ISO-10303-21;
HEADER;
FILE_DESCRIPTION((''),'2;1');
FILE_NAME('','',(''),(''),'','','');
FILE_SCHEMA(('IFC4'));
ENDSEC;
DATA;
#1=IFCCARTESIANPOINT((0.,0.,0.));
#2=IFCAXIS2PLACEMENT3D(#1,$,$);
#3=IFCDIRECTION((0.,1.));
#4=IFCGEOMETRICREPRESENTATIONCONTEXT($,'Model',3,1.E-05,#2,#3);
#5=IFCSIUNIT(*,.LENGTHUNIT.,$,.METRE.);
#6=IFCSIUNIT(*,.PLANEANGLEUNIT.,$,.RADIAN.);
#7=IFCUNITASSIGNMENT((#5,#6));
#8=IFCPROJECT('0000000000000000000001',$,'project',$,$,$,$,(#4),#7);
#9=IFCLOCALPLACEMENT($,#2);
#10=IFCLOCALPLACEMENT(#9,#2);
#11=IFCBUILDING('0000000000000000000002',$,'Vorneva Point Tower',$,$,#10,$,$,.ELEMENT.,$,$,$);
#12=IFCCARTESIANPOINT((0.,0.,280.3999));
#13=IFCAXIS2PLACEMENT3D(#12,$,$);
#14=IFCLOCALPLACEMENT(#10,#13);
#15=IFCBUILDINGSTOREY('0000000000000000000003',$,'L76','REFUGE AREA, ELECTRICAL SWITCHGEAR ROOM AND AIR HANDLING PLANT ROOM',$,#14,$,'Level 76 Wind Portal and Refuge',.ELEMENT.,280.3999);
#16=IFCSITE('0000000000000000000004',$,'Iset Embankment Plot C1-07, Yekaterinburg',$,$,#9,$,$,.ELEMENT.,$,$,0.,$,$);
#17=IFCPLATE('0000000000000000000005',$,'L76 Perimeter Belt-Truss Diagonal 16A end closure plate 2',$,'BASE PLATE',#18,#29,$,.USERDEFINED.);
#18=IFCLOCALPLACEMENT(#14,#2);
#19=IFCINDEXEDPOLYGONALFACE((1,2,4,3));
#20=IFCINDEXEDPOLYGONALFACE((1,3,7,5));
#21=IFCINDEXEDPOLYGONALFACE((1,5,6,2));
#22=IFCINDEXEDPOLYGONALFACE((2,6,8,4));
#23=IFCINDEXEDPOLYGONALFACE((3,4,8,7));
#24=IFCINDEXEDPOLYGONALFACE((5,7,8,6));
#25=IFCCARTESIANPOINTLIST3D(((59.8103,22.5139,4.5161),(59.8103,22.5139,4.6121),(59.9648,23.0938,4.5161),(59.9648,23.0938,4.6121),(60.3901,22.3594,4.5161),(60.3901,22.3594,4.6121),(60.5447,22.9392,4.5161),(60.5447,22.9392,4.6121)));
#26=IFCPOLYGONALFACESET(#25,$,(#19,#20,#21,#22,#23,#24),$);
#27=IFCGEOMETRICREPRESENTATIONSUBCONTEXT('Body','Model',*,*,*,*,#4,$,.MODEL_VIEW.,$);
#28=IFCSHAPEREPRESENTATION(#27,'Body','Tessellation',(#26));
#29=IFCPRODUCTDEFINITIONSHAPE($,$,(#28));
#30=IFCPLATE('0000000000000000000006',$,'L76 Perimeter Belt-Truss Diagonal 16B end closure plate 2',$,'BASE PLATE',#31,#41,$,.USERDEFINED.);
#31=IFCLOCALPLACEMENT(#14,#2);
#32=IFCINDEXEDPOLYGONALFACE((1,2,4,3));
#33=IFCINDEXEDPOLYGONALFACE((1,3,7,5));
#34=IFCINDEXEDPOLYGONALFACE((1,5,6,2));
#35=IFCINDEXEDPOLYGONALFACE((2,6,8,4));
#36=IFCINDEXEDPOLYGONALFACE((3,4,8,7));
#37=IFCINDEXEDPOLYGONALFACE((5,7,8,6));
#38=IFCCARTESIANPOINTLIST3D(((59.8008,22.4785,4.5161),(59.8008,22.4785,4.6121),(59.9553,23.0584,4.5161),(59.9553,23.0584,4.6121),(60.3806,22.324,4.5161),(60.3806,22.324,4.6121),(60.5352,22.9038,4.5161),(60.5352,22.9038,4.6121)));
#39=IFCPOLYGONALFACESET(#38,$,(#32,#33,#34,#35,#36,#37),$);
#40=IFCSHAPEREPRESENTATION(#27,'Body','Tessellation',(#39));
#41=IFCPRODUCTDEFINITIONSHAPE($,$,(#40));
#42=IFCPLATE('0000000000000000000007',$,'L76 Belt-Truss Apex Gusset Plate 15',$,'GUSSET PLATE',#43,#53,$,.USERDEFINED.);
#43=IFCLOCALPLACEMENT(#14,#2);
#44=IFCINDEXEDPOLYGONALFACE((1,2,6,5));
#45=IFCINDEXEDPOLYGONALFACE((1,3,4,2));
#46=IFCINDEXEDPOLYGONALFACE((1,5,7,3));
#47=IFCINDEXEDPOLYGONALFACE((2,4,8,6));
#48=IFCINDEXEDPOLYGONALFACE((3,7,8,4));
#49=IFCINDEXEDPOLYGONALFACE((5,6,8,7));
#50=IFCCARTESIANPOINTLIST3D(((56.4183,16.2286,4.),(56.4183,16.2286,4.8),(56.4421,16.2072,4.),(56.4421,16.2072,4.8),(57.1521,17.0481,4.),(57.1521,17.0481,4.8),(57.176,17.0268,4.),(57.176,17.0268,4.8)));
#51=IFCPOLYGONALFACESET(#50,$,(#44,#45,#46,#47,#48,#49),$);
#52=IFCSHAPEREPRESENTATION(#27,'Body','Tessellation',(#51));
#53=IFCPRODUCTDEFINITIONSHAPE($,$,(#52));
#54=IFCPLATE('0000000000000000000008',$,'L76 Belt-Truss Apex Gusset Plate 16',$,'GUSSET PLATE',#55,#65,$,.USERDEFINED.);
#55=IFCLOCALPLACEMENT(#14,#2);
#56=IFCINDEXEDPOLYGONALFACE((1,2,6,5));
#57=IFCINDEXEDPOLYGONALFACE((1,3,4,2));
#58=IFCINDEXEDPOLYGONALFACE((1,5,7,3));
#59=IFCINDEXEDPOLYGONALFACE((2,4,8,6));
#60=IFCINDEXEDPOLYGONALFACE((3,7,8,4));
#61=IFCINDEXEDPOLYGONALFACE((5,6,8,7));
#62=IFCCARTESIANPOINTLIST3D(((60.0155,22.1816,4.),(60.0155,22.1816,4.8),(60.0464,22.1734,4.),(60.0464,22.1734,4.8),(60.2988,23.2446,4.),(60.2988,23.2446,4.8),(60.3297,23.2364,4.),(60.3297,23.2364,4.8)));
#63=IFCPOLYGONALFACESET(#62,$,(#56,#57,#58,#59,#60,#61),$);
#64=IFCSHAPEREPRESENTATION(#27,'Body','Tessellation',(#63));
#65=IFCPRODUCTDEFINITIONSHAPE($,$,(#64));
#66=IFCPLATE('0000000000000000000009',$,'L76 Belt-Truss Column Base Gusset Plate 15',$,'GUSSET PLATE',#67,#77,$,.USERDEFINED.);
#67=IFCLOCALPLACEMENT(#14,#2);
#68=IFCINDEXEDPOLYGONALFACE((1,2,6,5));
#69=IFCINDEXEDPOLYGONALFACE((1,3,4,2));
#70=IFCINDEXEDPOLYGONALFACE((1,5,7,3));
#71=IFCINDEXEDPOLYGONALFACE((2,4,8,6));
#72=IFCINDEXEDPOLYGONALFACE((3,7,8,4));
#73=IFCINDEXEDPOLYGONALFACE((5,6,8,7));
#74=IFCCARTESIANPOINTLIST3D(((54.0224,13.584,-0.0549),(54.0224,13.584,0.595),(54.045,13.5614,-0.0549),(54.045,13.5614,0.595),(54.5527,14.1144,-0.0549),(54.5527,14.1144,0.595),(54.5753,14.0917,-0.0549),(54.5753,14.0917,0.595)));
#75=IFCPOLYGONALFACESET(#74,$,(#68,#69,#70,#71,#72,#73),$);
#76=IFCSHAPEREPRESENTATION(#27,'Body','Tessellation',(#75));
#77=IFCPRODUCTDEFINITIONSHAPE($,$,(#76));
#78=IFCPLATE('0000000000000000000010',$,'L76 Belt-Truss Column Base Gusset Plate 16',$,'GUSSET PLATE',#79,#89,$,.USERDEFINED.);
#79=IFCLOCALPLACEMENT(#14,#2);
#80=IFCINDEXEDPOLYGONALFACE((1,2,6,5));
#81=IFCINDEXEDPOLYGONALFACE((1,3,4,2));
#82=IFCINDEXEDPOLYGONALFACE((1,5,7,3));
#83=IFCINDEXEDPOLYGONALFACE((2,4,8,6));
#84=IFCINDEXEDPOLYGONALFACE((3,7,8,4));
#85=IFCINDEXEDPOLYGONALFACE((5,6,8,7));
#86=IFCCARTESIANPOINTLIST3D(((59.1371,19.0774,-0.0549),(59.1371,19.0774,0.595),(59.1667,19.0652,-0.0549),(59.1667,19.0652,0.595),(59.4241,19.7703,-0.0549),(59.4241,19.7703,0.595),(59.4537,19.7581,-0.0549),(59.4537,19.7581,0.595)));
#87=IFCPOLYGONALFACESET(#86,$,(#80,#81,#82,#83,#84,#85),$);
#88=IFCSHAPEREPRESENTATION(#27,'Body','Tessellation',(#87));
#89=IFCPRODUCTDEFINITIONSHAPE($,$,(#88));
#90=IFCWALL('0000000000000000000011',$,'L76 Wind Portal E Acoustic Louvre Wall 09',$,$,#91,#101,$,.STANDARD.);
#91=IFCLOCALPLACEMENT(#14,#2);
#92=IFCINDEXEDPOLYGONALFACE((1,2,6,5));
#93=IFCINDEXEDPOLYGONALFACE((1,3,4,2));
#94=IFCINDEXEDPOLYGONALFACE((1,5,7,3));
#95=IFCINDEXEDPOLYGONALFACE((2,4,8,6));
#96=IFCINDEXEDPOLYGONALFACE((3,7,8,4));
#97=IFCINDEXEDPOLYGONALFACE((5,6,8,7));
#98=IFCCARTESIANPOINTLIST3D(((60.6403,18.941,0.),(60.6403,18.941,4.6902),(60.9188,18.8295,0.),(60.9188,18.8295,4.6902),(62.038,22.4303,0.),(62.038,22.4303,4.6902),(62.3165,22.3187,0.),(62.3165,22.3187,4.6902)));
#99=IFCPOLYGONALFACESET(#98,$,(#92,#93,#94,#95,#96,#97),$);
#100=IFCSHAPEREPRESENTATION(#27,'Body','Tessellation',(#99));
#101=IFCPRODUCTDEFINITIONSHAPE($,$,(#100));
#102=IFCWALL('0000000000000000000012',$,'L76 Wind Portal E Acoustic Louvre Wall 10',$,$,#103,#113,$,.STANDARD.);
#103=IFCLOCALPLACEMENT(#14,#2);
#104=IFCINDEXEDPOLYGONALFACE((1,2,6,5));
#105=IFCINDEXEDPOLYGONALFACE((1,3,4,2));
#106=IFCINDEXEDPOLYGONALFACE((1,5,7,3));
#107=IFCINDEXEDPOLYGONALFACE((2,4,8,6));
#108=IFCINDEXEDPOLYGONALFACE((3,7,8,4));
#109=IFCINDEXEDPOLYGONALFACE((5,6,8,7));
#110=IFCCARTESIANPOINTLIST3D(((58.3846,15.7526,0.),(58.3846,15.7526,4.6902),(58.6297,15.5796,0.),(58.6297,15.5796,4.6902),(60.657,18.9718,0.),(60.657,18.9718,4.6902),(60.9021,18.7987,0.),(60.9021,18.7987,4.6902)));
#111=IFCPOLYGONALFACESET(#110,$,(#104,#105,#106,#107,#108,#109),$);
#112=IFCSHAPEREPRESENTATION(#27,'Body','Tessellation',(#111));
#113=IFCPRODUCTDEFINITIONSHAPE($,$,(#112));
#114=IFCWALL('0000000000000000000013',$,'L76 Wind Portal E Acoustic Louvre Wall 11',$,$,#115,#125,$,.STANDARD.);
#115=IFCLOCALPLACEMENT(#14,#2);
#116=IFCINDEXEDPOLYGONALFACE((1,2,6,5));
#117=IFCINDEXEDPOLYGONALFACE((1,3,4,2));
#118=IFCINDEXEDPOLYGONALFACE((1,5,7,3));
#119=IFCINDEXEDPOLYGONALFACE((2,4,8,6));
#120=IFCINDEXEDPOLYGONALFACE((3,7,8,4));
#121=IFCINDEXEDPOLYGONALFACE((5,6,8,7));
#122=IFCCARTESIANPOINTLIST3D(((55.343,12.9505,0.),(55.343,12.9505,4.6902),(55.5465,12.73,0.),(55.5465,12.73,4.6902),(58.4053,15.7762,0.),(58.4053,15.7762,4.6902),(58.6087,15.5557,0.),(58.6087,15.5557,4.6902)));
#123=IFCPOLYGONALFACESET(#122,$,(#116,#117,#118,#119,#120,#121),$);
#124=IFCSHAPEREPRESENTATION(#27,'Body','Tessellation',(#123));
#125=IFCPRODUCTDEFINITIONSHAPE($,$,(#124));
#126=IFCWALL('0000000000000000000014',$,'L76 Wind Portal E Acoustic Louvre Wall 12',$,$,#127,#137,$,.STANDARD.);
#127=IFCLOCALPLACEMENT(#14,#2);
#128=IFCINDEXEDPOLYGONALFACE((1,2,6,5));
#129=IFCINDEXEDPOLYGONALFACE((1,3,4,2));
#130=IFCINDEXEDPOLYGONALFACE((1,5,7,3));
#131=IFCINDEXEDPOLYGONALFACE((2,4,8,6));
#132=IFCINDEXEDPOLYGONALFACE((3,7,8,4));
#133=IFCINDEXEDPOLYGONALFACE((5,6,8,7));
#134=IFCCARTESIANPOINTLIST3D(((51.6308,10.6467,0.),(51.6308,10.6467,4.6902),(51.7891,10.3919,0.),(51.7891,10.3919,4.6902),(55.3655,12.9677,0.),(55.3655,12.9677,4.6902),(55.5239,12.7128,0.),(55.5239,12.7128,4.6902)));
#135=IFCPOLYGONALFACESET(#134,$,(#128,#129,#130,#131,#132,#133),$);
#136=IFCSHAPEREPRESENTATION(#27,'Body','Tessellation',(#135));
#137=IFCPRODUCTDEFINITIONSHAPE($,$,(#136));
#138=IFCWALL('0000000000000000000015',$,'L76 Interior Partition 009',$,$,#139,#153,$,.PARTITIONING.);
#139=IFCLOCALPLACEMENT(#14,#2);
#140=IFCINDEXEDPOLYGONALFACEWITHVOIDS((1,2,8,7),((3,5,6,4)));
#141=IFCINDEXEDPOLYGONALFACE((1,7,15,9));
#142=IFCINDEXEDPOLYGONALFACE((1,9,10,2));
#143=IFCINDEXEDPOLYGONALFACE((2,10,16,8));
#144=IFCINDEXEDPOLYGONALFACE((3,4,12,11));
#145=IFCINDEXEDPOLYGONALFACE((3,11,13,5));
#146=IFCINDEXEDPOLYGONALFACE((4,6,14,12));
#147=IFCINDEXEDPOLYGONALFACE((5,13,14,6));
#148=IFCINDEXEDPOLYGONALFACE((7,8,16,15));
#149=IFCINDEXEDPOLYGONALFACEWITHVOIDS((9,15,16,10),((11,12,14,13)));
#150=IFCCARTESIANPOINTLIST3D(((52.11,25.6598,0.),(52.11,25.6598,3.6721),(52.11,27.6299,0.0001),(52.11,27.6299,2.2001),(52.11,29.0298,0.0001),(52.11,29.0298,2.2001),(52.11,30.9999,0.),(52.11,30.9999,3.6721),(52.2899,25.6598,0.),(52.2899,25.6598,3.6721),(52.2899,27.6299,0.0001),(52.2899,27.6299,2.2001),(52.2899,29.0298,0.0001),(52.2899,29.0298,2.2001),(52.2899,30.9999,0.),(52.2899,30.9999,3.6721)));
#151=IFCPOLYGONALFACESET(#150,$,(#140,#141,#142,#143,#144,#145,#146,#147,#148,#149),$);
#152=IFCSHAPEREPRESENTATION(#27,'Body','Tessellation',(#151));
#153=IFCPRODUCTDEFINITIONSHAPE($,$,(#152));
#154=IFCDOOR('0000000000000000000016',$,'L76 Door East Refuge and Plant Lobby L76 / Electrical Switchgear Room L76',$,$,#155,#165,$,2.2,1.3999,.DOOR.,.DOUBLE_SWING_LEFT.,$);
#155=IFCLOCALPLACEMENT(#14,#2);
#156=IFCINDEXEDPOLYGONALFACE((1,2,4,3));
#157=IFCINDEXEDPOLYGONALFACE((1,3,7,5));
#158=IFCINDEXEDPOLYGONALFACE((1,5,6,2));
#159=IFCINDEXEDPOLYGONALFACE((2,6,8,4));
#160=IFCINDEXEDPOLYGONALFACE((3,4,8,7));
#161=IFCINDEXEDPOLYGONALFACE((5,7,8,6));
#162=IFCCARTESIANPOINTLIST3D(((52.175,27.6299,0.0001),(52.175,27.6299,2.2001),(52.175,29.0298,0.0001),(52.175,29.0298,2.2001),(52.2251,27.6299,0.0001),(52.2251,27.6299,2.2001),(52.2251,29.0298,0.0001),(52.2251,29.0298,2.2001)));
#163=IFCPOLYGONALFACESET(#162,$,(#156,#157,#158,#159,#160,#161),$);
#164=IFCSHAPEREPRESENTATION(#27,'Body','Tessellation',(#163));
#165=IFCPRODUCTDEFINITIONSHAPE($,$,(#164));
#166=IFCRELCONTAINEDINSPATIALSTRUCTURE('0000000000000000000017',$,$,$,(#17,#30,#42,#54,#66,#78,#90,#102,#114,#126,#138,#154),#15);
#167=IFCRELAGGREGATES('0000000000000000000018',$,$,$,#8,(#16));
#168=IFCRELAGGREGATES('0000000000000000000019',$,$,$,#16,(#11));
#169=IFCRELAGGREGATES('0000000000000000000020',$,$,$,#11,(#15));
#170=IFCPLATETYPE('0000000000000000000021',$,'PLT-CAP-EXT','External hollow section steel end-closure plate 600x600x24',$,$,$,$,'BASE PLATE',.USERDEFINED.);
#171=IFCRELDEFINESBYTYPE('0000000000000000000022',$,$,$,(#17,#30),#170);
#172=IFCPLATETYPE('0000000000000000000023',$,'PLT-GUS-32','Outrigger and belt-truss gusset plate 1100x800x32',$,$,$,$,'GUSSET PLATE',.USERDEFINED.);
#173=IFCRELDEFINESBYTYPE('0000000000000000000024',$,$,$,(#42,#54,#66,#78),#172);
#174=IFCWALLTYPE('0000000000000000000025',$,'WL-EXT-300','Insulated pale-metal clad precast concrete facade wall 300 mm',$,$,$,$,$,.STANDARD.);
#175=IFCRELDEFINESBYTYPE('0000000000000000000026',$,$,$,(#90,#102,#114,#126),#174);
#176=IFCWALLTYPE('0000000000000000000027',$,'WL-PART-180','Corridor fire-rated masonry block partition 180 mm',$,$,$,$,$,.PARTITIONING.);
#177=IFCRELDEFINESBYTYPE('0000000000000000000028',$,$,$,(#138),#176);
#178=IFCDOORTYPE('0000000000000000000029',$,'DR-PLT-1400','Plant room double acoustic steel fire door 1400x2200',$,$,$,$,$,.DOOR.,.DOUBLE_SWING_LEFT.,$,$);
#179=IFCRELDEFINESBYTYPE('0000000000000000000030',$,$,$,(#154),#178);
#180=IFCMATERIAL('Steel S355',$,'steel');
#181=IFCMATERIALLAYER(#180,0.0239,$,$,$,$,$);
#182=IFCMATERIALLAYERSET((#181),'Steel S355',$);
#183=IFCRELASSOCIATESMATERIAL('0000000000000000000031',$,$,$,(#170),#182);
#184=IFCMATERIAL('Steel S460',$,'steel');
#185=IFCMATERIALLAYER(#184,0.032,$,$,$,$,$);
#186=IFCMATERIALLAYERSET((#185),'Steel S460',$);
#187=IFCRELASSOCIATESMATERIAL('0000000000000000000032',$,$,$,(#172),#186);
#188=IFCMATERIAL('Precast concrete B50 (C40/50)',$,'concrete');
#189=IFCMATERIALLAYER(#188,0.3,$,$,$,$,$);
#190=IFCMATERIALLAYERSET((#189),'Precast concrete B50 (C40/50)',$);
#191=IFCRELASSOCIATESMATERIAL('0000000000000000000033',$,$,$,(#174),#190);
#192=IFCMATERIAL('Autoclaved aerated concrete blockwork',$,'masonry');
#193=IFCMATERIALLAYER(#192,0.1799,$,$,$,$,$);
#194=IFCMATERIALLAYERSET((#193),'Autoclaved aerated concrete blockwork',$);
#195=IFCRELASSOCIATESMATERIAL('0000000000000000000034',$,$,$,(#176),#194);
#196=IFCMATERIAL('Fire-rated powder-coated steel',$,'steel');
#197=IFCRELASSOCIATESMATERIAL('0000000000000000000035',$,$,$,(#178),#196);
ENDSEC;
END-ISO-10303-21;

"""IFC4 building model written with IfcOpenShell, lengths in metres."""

from ifc_helpers import new_model, si_unit, direction, frame, frame_2d, origin, origin_2d, place, context, subcontext, project, spatial, rectangle, extrude, material, layer, layer_set, type_object, element, fill, save


model = new_model("IFC4")

# Units and contexts
model_context = context("Model", 3, precision=1e-05, world=origin(), true_north=direction((0.0, 1.0)))
body_context = subcontext(model_context, "Body", "Model", "MODEL_VIEW")
ifc_project = project(units=[si_unit("LENGTHUNIT", "METRE"), si_unit("PLANEANGLEUNIT", "RADIAN")], contexts=[model_context])

# Site, building, storey
site_placement = place(None, origin())
site = spatial("IfcSite", under=ifc_project, at=site_placement, Name="Iset Embankment Plot C1-07, Yekaterinburg", CompositionType="ELEMENT", RefElevation=0.0)
building_placement = place(site_placement, origin())
building = spatial("IfcBuilding", under=site, at=building_placement, Name="Vorneva Point Tower", CompositionType="ELEMENT")
storey_placement = place(building_placement, frame((0.0, 0.0, 280.3999)))
storey = spatial("IfcBuildingStorey", under=building, at=storey_placement, Name="L76", Description="REFUGE AREA, ELECTRICAL SWITCHGEAR ROOM AND AIR HANDLING PLANT ROOM", LongName="Level 76 Wind Portal and Refuge", CompositionType="ELEMENT", Elevation=280.3999)

# Shared definitions
ifc_material_1 = material(Name="Steel S460", Category="steel")
ifc_material_2 = material(Name="Steel S355", Category="steel")

# Plates
ifc_layer_1 = layer(ifc_material_2, 0.0239)
ifc_layer_set_1 = layer_set([ifc_layer_1], Name="Steel S355")
plate_type_1 = type_object("IfcPlateType", Name="PLT-CAP-EXT", Description="External hollow section steel end-closure plate 600x600x24", ElementType="BASE PLATE", PredefinedType="USERDEFINED", material=ifc_layer_set_1)
for number, where, z_axis, x_axis, name in (
    (1, (60.1775, 22.7266, 4.5161), (0.0, 0.0, 1.0), (0.257571, 0.966259, 0.0), "L76 Perimeter Belt-Truss Diagonal 16A end closure plate 2"),
    (2, (60.168, 22.6912, 4.5161), (0.0, 0.0, 1.0), (-0.257571, -0.966259, 0.0), "L76 Perimeter Belt-Truss Diagonal 16B end closure plate 2"),
):
    element("IfcPlate", number, at=place(storey_placement, frame(where, z_axis=z_axis, x_axis=x_axis)), inside=storey, type_object=plate_type_1, Name=name, ObjectType="BASE PLATE", PredefinedType="USERDEFINED", context=body_context, shape_type="SweptSolid", body=[
        extrude(rectangle(XDim=0.6001, YDim=0.6001, at=origin_2d()), origin(), (0.0, 0.0, 1.0), 0.0959),
    ])
ifc_layer_2 = layer(ifc_material_1, 0.032)
ifc_layer_set_2 = layer_set([ifc_layer_2], Name="Steel S460")
plate_type_2 = type_object("IfcPlateType", Name="PLT-GUS-32", Description="Outrigger and belt-truss gusset plate 1100x800x32", ElementType="GUSSET PLATE", PredefinedType="USERDEFINED", material=ifc_layer_set_2)
for number, where, z_axis, x_axis, name in (
    (3, (56.7971, 16.6277, 4.0), (0.0, 0.0, 1.0), (0.667092, 0.744976, 0.0), "L76 Belt-Truss Apex Gusset Plate 15"),
    (4, (60.1726, 22.709, 4.0), (0.0, 0.0, 1.0), (0.257571, 0.966259, 0.0), "L76 Belt-Truss Apex Gusset Plate 16"),
):
    element("IfcPlate", number, at=place(storey_placement, frame(where, z_axis=z_axis, x_axis=x_axis)), inside=storey, type_object=plate_type_2, Name=name, ObjectType="GUSSET PLATE", PredefinedType="USERDEFINED", context=body_context, shape_type="SweptSolid", body=[
        extrude(rectangle(XDim=1.1001, YDim=0.032, at=origin_2d()), origin(), (0.0, 0.0, 1.0), 0.8),
    ])
for number, where, z_axis, x_axis, name in (
    (5, (54.2988, 13.8379, -0.0549), (0.0, 0.0, 1.0), (0.707107, 0.707107, 0.0), "L76 Belt-Truss Column Base Gusset Plate 15"),
    (6, (59.2954, 19.4177, -0.0549), (0.0, 0.0, 1.0), (0.382683, 0.92388, 0.0), "L76 Belt-Truss Column Base Gusset Plate 16"),
):
    element("IfcPlate", number, at=place(storey_placement, frame(where, z_axis=z_axis, x_axis=x_axis)), inside=storey, type_object=plate_type_2, Name=name, ObjectType="GUSSET PLATE", PredefinedType="USERDEFINED", context=body_context, shape_type="SweptSolid", body=[
        extrude(rectangle(XDim=0.75, YDim=0.032, at=origin_2d()), origin(), (0.0, 0.0, 1.0), 0.6499),
    ])

# Walls
ifc_material_3 = material(Name="Precast concrete B50 (C40/50)", Category="concrete")
ifc_layer_3 = layer(ifc_material_3, 0.3)
ifc_layer_set_3 = layer_set([ifc_layer_3], Name="Precast concrete B50 (C40/50)")
wall_type_1 = type_object("IfcWallType", Name="WL-EXT-300", Description="Insulated pale-metal clad precast concrete facade wall 300 mm", PredefinedType="STANDARD", material=ifc_layer_set_3)
wall_1_placement = place(storey_placement, frame((62.1772, 22.3745, 0.0), z_axis=(0.0, 0.0, 1.0), x_axis=(-0.37185, -0.928293, 0.0)))
element("IfcWall", 7, at=wall_1_placement, inside=storey, type_object=wall_type_1, Name="L76 Wind Portal E Acoustic Louvre Wall 09", PredefinedType="STANDARD", context=body_context, shape_type="SweptSolid", body=[
    extrude(rectangle(XDim=3.7588, YDim=0.3, at=frame_2d((1.8794, 0.0))), origin(), (0.0, 0.0, 1.0), 4.6902),
])
wall_2_placement = place(storey_placement, frame((60.7795, 18.8853, 0.0), z_axis=(0.0, 0.0, 1.0), x_axis=(-0.576693, -0.816961, 0.0)))
element("IfcWall", 8, at=wall_2_placement, inside=storey, type_object=wall_type_1, Name="L76 Wind Portal E Acoustic Louvre Wall 10", PredefinedType="STANDARD", context=body_context, shape_type="SweptSolid", body=[
    extrude(rectangle(XDim=3.9404, YDim=0.3, at=frame_2d((1.9702, 0.0))), origin(), (0.0, 0.0, 1.0), 4.6902),
])
wall_3_placement = place(storey_placement, frame((58.5071, 15.666, 0.0), z_axis=(0.0, 0.0, 1.0), x_axis=(-0.734925, -0.678149, 0.0)))
element("IfcWall", 9, at=wall_3_placement, inside=storey, type_object=wall_type_1, Name="L76 Wind Portal E Acoustic Louvre Wall 11", PredefinedType="STANDARD", context=body_context, shape_type="SweptSolid", body=[
    extrude(rectangle(XDim=4.1667, YDim=0.3, at=frame_2d((2.0835, 0.0))), origin(), (0.0, 0.0, 1.0), 4.6902),
])
wall_4_placement = place(storey_placement, frame((55.4448, 12.8403, 0.0), z_axis=(0.0, 0.0, 1.0), x_axis=(-0.849349, -0.527831, 0.0)))
element("IfcWall", 10, at=wall_4_placement, inside=storey, type_object=wall_type_1, Name="L76 Wind Portal E Acoustic Louvre Wall 12", PredefinedType="STANDARD", context=body_context, shape_type="SweptSolid", body=[
    extrude(rectangle(XDim=4.3972, YDim=0.3, at=frame_2d((2.1987, 0.0))), origin(), (0.0, 0.0, 1.0), 4.6902),
])

# Wall, opening, door
ifc_material_4 = material(Name="Autoclaved aerated concrete blockwork", Category="masonry")
ifc_layer_4 = layer(ifc_material_4, 0.1799)
ifc_layer_set_4 = layer_set([ifc_layer_4], Name="Autoclaved aerated concrete blockwork")
wall_type_2 = type_object("IfcWallType", Name="WL-PART-180", Description="Corridor fire-rated masonry block partition 180 mm", PredefinedType="PARTITIONING", material=ifc_layer_set_4)
wall_5_placement = place(storey_placement, frame((52.2, 25.6599, 0.0), z_axis=(0.0, 0.0, 1.0), x_axis=(0.0, 1.0, 0.0)))
wall_5 = element("IfcWall", 11, at=wall_5_placement, inside=storey, type_object=wall_type_2, Name="L76 Interior Partition 009", PredefinedType="PARTITIONING", context=body_context, shape_type="SweptSolid", body=[
    extrude(rectangle(XDim=5.3401, YDim=0.1799, at=frame_2d((2.6699, 0.0))), origin(), (0.0, 0.0, 1.0), 3.6721),
])
opening_1_placement = place(wall_5_placement, frame((1.97, 0.0, 0.0)))
opening_1 = element("IfcOpeningElement", 12, at=opening_1_placement, cuts=wall_5, PredefinedType="OPENING", context=body_context, shape_type="SweptSolid", body=[
    extrude(rectangle(XDim=1.3999, YDim=2.2, at=frame_2d((0.7, 1.1001))), frame((0.0, 0.105, 0.0), z_axis=(0.0, -1.0, 0.0), x_axis=(1.0, 0.0, 0.0)), (0.0, 0.0, 1.0), 0.2097),
])
ifc_material_5 = material(Name="Fire-rated powder-coated steel", Category="steel")
door_type_1 = type_object("IfcDoorType", Name="DR-PLT-1400", Description="Plant room double acoustic steel fire door 1400x2200", OperationType="DOUBLE_SWING_LEFT", PredefinedType="DOOR", material=ifc_material_5)
door_1_placement = place(opening_1_placement, origin())
door_1 = element("IfcDoor", 13, at=door_1_placement, inside=storey, type_object=door_type_1, Name="L76 Door East Refuge and Plant Lobby L76 / Electrical Switchgear Room L76", OperationType="DOUBLE_SWING_LEFT", OverallHeight=2.2, OverallWidth=1.3999, PredefinedType="DOOR", context=body_context, shape_type="SweptSolid", body=[
    extrude(rectangle(XDim=1.3999, YDim=2.2, at=frame_2d((0.7, 1.1001))), frame((0.0, 0.0249, 0.0), z_axis=(0.0, -1.0, 0.0), x_axis=(1.0, 0.0, 0.0)), (0.0, 0.0, 1.0), 0.05),
])
fill(opening_1, door_1)

save(model, "model.ifc")
